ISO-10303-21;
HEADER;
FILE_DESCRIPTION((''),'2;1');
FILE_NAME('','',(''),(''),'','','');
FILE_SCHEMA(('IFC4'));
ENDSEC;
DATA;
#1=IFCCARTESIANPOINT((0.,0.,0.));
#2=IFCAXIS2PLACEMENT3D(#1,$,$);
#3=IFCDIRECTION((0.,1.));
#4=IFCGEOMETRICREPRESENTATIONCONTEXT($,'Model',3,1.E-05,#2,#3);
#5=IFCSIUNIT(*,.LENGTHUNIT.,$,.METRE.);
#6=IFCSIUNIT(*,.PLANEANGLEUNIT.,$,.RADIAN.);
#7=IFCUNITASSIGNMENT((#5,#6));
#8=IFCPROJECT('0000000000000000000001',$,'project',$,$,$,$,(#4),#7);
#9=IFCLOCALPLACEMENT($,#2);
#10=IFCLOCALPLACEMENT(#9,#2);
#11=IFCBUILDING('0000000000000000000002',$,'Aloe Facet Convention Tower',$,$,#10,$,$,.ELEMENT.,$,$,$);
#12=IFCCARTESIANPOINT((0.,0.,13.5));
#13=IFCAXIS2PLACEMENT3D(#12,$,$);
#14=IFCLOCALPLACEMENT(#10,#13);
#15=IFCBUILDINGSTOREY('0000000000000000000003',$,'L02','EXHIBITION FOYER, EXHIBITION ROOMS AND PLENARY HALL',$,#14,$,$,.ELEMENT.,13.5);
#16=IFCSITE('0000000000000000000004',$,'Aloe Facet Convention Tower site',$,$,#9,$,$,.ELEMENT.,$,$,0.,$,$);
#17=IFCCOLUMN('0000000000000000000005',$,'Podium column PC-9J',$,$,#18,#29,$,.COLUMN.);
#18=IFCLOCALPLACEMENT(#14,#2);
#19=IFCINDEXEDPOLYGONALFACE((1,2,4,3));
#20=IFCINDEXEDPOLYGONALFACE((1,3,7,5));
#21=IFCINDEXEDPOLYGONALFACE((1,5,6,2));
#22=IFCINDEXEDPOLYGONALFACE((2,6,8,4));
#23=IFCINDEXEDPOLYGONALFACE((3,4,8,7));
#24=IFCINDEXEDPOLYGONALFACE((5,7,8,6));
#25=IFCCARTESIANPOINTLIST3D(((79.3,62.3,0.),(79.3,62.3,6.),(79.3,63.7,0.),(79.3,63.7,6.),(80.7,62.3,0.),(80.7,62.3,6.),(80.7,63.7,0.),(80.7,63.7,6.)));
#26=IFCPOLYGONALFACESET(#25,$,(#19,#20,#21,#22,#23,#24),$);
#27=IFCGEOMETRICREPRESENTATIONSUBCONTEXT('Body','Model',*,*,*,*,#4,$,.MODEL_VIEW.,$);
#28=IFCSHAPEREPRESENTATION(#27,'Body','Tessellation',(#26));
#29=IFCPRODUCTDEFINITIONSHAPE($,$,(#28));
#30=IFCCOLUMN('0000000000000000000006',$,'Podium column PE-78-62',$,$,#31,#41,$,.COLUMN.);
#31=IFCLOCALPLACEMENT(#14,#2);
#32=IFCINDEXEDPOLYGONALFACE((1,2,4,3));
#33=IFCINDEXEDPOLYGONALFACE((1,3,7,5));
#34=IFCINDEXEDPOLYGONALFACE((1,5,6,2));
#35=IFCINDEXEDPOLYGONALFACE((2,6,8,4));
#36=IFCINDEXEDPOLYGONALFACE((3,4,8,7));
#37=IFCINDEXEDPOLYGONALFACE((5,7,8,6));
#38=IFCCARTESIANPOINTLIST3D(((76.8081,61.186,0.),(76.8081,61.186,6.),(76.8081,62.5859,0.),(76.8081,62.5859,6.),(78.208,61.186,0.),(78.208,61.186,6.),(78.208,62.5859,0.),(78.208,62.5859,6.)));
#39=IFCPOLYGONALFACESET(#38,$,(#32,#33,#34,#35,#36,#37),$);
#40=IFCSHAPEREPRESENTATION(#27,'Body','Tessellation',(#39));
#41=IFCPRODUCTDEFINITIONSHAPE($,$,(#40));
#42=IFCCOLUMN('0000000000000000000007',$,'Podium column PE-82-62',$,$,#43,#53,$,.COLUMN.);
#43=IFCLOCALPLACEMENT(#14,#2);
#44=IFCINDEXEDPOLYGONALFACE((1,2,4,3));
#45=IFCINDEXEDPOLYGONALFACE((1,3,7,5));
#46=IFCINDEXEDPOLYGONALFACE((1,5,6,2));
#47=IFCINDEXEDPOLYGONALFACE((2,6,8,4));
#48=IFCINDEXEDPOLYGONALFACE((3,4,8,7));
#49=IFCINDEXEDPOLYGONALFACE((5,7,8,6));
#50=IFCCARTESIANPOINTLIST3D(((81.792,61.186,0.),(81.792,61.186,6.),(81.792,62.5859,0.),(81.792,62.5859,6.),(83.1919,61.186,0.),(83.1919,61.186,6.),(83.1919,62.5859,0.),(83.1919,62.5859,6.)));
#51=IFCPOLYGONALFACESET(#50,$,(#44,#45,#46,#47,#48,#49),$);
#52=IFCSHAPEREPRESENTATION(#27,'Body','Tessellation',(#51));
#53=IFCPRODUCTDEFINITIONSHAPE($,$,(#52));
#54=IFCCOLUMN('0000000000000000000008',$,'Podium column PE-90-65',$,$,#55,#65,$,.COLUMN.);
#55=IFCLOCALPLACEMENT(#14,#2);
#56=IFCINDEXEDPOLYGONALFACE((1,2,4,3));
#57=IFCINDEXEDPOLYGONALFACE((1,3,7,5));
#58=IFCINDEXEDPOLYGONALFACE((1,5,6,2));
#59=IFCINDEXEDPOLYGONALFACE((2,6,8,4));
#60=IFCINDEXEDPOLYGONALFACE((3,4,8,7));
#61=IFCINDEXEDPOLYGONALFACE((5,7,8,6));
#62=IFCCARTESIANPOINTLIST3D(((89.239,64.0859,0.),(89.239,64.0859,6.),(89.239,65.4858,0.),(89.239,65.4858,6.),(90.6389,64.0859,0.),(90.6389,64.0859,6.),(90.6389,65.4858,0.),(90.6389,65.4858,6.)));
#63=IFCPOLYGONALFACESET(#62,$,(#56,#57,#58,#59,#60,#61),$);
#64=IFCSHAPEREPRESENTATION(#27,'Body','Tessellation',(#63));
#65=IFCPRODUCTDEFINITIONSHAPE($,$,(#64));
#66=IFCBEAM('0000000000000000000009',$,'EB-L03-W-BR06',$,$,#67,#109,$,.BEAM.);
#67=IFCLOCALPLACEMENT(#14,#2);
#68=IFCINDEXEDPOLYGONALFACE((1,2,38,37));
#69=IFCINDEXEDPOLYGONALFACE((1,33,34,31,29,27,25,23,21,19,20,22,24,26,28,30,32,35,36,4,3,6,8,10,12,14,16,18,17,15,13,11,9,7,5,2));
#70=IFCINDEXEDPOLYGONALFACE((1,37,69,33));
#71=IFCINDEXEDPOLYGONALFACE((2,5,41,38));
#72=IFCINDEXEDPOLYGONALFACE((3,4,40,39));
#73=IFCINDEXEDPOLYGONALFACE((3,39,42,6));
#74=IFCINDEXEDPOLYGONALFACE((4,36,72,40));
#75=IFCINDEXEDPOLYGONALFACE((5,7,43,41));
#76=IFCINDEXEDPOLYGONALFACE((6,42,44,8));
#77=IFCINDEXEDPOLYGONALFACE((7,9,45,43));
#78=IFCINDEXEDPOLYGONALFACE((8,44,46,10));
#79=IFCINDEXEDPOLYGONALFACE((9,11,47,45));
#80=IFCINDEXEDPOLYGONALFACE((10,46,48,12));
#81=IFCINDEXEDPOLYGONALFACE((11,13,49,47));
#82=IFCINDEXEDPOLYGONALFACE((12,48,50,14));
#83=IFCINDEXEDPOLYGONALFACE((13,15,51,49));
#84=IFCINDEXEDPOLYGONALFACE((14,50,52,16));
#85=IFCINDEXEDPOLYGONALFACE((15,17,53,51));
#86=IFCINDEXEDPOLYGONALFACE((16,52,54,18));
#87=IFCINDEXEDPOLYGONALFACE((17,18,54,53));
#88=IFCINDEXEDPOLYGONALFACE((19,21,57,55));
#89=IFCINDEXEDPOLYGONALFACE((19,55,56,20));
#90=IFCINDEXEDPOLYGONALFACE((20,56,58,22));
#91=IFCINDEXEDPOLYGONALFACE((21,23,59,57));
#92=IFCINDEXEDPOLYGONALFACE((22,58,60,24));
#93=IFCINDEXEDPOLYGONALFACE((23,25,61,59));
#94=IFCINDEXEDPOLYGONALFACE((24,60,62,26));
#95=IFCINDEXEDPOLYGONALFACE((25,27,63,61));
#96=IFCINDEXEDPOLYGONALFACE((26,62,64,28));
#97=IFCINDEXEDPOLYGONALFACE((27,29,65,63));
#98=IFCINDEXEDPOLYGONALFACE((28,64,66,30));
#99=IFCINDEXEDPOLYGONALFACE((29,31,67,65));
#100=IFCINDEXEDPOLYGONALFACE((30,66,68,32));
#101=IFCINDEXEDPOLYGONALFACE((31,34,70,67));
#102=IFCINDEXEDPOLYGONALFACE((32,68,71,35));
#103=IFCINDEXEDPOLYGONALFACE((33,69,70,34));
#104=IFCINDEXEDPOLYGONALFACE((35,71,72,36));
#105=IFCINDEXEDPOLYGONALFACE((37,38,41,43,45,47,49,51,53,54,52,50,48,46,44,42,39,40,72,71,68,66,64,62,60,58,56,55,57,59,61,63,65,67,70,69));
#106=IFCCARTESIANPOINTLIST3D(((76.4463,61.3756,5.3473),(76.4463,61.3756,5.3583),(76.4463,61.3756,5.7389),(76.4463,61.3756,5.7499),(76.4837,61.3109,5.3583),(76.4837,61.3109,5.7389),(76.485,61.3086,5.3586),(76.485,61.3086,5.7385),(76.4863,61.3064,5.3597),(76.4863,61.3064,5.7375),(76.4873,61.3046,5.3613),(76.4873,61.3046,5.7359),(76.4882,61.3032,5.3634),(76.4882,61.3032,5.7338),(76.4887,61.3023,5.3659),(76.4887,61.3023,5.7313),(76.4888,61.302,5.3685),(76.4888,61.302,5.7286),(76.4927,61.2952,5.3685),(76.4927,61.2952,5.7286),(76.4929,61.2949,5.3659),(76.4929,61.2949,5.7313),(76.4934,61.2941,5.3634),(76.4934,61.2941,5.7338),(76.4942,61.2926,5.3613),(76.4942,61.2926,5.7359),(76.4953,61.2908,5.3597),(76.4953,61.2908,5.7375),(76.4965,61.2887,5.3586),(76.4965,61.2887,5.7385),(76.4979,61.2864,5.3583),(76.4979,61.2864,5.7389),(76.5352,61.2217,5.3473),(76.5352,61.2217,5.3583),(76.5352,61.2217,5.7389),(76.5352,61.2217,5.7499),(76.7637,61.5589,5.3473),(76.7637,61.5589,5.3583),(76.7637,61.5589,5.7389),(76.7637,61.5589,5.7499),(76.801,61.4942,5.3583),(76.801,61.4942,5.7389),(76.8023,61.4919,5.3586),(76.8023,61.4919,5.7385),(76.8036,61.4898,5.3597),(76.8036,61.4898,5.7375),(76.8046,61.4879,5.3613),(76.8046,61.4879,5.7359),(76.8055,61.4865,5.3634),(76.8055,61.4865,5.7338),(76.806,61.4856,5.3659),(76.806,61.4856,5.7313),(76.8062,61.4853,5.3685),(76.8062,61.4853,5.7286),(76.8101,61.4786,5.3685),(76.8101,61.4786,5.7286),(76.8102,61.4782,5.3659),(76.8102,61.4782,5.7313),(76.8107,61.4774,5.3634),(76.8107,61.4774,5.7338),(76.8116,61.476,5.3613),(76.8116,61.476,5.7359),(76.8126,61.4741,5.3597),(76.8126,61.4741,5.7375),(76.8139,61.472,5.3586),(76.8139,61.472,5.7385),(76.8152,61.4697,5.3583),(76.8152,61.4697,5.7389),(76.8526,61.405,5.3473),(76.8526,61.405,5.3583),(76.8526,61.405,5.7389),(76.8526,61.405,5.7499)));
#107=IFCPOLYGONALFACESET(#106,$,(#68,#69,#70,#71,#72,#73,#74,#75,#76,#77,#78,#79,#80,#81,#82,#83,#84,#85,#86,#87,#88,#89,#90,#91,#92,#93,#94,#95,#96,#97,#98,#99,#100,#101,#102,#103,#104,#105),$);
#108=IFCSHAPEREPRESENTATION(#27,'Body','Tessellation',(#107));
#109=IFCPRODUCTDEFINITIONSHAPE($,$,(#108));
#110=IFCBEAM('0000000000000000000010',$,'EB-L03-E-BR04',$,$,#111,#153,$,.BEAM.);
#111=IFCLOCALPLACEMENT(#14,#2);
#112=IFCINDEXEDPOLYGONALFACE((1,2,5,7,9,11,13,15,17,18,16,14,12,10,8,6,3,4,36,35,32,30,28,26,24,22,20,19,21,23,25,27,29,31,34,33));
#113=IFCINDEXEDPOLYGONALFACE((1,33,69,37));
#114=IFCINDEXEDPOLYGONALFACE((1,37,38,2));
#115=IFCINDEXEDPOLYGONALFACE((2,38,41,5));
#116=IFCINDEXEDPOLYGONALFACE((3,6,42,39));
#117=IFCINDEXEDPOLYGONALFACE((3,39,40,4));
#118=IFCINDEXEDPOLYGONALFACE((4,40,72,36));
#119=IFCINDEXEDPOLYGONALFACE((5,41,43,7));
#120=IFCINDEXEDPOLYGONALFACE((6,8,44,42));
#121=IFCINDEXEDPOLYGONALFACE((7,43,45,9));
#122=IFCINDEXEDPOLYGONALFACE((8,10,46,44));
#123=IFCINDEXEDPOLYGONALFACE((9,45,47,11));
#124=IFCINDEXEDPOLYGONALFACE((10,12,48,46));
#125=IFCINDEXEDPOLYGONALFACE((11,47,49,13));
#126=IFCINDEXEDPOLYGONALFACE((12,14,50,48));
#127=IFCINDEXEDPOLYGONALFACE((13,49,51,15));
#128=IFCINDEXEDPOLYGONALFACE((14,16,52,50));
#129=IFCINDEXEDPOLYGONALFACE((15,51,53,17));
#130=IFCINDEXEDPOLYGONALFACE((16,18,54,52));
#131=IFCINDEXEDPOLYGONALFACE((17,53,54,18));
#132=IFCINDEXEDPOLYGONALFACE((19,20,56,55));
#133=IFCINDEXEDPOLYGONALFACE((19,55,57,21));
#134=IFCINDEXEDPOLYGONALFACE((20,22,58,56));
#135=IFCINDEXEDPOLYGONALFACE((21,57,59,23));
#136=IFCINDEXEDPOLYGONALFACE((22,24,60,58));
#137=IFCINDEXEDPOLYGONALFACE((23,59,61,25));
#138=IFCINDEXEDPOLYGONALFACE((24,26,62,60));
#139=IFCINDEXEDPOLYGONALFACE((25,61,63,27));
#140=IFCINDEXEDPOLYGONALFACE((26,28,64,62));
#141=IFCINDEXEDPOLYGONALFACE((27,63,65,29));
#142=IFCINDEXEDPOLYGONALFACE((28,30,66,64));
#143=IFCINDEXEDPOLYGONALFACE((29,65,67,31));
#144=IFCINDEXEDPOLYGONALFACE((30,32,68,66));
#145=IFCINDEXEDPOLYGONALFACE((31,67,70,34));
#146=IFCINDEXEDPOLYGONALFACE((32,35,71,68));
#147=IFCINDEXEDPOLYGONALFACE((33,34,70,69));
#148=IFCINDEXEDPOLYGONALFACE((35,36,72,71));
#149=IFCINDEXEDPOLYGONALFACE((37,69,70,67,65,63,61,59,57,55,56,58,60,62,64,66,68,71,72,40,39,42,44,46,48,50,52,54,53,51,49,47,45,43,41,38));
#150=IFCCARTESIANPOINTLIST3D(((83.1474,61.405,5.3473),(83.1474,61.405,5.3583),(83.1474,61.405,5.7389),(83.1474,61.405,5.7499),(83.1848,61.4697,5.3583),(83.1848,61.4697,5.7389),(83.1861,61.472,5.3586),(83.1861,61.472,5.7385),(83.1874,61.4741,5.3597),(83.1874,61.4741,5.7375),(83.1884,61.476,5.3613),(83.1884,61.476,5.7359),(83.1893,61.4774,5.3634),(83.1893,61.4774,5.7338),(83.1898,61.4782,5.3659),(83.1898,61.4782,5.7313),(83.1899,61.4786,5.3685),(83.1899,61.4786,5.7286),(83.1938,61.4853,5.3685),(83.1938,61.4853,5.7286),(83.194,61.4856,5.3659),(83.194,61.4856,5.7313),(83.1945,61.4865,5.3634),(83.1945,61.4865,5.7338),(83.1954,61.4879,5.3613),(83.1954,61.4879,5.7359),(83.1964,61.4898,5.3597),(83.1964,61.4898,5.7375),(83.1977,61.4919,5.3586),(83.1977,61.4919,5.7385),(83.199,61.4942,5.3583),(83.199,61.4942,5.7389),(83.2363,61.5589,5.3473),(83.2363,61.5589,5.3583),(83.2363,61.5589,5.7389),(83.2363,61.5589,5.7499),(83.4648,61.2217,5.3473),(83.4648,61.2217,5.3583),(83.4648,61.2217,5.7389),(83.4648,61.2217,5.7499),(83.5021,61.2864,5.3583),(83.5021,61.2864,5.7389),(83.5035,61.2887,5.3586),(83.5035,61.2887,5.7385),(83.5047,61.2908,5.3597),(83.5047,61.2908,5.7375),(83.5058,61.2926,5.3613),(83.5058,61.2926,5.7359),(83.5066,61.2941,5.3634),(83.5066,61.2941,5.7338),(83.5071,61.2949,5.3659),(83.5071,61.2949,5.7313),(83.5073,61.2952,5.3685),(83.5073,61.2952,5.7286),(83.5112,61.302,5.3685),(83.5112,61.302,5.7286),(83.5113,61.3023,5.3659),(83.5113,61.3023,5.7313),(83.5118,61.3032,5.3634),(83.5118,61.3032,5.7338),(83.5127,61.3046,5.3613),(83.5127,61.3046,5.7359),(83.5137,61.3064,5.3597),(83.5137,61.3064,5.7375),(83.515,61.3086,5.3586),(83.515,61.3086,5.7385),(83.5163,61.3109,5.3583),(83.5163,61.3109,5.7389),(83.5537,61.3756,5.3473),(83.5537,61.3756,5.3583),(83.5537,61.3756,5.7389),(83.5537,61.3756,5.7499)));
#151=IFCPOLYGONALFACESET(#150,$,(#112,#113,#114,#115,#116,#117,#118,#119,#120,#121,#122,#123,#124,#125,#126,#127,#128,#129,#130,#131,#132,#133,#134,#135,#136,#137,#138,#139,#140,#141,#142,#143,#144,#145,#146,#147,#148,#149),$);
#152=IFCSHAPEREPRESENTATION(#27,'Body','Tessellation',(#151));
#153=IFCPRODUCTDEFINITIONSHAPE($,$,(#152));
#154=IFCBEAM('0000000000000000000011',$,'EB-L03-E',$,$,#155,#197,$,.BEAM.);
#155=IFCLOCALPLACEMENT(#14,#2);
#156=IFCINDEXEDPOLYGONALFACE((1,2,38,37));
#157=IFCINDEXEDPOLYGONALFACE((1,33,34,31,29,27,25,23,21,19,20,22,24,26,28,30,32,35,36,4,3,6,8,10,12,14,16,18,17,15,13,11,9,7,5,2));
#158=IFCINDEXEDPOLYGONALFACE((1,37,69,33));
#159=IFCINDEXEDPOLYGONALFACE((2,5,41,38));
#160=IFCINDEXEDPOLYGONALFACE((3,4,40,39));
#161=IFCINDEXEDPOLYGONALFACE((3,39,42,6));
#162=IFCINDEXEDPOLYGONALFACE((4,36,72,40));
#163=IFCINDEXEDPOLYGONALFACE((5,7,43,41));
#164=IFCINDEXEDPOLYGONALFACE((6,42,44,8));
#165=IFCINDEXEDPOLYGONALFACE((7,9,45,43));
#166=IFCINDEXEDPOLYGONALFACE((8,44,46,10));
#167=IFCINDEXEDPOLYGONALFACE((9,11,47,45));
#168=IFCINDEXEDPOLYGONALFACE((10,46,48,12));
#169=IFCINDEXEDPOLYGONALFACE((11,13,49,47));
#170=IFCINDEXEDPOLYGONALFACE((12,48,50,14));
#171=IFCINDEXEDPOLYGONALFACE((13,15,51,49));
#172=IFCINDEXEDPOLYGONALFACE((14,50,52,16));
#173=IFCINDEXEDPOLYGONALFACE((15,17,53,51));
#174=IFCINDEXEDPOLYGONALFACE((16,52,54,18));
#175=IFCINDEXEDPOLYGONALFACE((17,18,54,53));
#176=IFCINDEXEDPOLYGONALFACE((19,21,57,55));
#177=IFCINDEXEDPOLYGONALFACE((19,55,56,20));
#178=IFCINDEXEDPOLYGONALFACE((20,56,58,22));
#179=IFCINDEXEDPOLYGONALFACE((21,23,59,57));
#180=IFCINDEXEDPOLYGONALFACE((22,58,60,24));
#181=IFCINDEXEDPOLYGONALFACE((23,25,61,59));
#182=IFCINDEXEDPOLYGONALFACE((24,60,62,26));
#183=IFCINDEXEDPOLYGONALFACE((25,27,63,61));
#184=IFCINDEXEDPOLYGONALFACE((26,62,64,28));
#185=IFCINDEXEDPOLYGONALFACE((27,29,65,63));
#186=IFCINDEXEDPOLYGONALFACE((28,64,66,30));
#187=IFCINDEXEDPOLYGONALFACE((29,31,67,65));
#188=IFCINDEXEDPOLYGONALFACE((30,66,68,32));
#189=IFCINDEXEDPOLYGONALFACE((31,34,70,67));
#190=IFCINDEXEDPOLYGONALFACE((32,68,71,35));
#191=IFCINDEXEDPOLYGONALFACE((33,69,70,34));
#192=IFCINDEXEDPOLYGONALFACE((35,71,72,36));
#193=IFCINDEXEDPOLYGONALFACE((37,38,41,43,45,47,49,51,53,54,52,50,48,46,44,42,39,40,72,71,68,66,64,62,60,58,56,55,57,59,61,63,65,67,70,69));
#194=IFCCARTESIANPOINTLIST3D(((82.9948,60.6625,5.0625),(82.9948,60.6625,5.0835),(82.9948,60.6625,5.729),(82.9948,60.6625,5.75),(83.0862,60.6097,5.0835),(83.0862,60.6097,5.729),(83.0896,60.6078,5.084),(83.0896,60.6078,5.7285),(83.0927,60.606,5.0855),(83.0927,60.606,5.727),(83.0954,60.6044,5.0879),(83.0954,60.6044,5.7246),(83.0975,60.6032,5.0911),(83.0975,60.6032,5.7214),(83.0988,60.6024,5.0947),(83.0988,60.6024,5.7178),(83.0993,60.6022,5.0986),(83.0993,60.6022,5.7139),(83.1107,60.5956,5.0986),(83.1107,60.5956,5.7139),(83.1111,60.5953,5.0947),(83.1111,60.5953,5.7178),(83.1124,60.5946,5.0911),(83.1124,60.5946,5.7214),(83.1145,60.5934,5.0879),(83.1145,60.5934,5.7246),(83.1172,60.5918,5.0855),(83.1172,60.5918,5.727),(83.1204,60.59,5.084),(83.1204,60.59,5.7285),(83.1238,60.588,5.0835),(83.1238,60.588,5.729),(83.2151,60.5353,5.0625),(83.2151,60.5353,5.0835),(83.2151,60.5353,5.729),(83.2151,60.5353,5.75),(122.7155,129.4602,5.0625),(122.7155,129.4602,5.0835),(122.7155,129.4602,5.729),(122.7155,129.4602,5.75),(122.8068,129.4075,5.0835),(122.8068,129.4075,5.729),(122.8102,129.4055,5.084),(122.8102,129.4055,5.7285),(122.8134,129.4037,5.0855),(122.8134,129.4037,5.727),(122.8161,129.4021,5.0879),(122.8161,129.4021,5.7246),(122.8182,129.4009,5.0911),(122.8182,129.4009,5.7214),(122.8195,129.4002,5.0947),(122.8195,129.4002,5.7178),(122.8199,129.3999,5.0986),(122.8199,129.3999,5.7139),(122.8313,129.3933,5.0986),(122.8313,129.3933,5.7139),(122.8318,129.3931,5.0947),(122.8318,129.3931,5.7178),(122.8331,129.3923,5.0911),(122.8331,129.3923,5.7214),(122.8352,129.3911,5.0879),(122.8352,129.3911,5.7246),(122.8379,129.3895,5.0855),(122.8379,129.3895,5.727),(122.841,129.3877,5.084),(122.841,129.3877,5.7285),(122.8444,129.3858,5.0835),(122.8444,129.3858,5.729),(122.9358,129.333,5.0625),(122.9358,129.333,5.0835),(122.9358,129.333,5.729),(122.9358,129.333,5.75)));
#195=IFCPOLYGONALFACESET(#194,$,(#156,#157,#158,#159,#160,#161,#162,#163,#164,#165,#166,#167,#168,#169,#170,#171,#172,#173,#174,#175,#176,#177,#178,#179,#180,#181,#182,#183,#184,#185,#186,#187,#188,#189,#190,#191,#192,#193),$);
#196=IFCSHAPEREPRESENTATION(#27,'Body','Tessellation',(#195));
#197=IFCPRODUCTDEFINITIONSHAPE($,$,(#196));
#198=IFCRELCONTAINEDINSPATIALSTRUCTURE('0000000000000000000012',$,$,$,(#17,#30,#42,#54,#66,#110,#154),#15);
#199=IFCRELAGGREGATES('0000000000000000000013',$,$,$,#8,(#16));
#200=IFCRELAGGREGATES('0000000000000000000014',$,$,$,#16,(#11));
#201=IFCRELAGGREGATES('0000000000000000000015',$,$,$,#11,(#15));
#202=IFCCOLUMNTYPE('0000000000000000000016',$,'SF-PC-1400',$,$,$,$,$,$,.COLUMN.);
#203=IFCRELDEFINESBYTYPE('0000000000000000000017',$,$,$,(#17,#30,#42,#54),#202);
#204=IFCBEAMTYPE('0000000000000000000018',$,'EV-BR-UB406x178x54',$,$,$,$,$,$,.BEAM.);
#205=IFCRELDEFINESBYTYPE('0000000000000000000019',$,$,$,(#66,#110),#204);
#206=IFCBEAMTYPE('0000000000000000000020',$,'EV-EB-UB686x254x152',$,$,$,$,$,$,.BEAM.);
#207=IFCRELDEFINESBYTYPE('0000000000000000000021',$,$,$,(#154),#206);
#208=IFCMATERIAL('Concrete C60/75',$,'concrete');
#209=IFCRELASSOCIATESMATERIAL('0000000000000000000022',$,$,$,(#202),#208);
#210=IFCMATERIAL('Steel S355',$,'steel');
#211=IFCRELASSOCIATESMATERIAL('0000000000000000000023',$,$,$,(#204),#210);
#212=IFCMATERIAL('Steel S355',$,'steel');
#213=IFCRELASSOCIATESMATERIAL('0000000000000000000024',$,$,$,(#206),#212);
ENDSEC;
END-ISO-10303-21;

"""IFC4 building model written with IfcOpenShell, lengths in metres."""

from ifc_helpers import new_model, si_unit, direction, frame, origin, origin_2d, place, context, subcontext, project, spatial, rectangle, i_section, extrude, material, material_profile, profile_set, type_object, element, save


model = new_model("IFC4")

# Units and contexts
model_context = context("Model", 3, precision=1e-05, world=origin(), true_north=direction((0.0, 1.0)))
body_context = subcontext(model_context, "Body", "Model", "MODEL_VIEW")
ifc_project = project(units=[si_unit("LENGTHUNIT", "METRE"), si_unit("PLANEANGLEUNIT", "RADIAN")], contexts=[model_context])

# Site, building, storey
site_placement = place(None, origin())
site = spatial("IfcSite", under=ifc_project, at=site_placement, Name="Aloe Facet Convention Tower site", CompositionType="ELEMENT", RefElevation=0.0)
building_placement = place(site_placement, origin())
building = spatial("IfcBuilding", under=site, at=building_placement, Name="Aloe Facet Convention Tower", CompositionType="ELEMENT")
storey_placement = place(building_placement, frame((0.0, 0.0, 13.5)))
storey = spatial("IfcBuildingStorey", under=building, at=storey_placement, Name="L02", Description="EXHIBITION FOYER, EXHIBITION ROOMS AND PLENARY HALL", CompositionType="ELEMENT", Elevation=13.5)

# Columns
ifc_material_1 = material(Name="Concrete C60/75", Category="concrete")
ifc_material_profile_1 = material_profile(ifc_material_1, rectangle(XDim=1.3999, YDim=1.3999, at=origin_2d()), Name="SF-PC-1400")
ifc_profile_set_1 = profile_set([ifc_material_profile_1], Name="Concrete C60/75")
column_type = type_object("IfcColumnType", Name="SF-PC-1400", PredefinedType="COLUMN", material=ifc_profile_set_1)
for number, where, z_axis, x_axis, name in (
    (1, (80.0, 63.0, 0.0), (0.0, 0.0, 1.0), (1.0, 0.0, 0.0), "Podium column PC-9J"),
    (2, (77.5081, 61.886, 0.0), (0.0, 0.0, 1.0), (1.0, 0.0, 0.0), "Podium column PE-78-62"),
    (3, (82.4919, 61.886, 0.0), (0.0, 0.0, 1.0), (1.0, 0.0, 0.0), "Podium column PE-82-62"),
    (4, (89.939, 64.7859, 0.0), (0.0, 0.0, 1.0), (1.0, 0.0, 0.0), "Podium column PE-90-65"),
):
    element("IfcColumn", number, at=place(storey_placement, frame(where, z_axis=z_axis, x_axis=x_axis)), inside=storey, type_object=column_type, Name=name, PredefinedType="COLUMN", context=body_context, shape_type="SweptSolid", body=[
        extrude(rectangle(XDim=1.3999, YDim=1.3999, at=origin_2d()), origin(), (0.0, 0.0, 1.0), 6.0),
    ])

# Beams
ifc_material_2 = material(Name="Steel S355", Category="steel")
ifc_material_profile_2 = material_profile(ifc_material_2, i_section(OverallWidth=0.1777, OverallDepth=0.4026, WebThickness=0.0078, FlangeThickness=0.011, FilletRadius=0.0103, at=origin_2d()), Name="UB 406x178x54")
ifc_profile_set_2 = profile_set([ifc_material_profile_2], Name="Steel S355")
beam_type_1 = type_object("IfcBeamType", Name="EV-BR-UB406x178x54", PredefinedType="BEAM", material=ifc_profile_set_2)
for number, where, z_axis, x_axis, name in (
    (5, (76.8081, 61.4819, 5.5486), (-0.865897, -0.500222, 0.0), (0.500222, -0.865897, 0.0), "EB-L03-W-BR06"),
    (6, (83.1919, 61.4819, 5.5486), (0.865897, -0.500222, 0.0), (0.500222, 0.865897, 0.0), "EB-L03-E-BR04"),
):
    element("IfcBeam", number, at=place(storey_placement, frame(where, z_axis=z_axis, x_axis=x_axis)), inside=storey, type_object=beam_type_1, Name=name, PredefinedType="BEAM", context=body_context, shape_type="SweptSolid", body=[
        extrude(i_section(OverallWidth=0.1777, OverallDepth=0.4026, WebThickness=0.0078, FlangeThickness=0.011, FilletRadius=0.0103, at=origin_2d()), origin(), (0.0, 0.0, 1.0), 0.3665),
    ])
ifc_material_3 = material(Name="Steel S355", Category="steel")
ifc_material_profile_3 = material_profile(ifc_material_3, i_section(OverallWidth=0.2544, OverallDepth=0.6875, WebThickness=0.0132, FlangeThickness=0.021, FilletRadius=0.0151, at=origin_2d()), Name="UB 686x254x152")
ifc_profile_set_3 = profile_set([ifc_material_profile_3], Name="Steel S355")
beam_type_2 = type_object("IfcBeamType", Name="EV-EB-UB686x254x152", PredefinedType="BEAM", material=ifc_profile_set_3)
beam_1_placement = place(storey_placement, frame((83.105, 60.5989, 5.4062), z_axis=(0.500002, 0.866024, 0.0), x_axis=(-0.866024, 0.500002, 0.0)))
element("IfcBeam", 7, at=beam_1_placement, inside=storey, type_object=beam_type_2, Name="EB-L03-E", PredefinedType="BEAM", context=body_context, shape_type="SweptSolid", body=[
    extrude(i_section(OverallWidth=0.2544, OverallDepth=0.6875, WebThickness=0.0132, FlangeThickness=0.021, FilletRadius=0.0151, at=origin_2d()), origin(), (0.0, 0.0, 1.0), 79.4409),
])

save(model, "model.ifc")
